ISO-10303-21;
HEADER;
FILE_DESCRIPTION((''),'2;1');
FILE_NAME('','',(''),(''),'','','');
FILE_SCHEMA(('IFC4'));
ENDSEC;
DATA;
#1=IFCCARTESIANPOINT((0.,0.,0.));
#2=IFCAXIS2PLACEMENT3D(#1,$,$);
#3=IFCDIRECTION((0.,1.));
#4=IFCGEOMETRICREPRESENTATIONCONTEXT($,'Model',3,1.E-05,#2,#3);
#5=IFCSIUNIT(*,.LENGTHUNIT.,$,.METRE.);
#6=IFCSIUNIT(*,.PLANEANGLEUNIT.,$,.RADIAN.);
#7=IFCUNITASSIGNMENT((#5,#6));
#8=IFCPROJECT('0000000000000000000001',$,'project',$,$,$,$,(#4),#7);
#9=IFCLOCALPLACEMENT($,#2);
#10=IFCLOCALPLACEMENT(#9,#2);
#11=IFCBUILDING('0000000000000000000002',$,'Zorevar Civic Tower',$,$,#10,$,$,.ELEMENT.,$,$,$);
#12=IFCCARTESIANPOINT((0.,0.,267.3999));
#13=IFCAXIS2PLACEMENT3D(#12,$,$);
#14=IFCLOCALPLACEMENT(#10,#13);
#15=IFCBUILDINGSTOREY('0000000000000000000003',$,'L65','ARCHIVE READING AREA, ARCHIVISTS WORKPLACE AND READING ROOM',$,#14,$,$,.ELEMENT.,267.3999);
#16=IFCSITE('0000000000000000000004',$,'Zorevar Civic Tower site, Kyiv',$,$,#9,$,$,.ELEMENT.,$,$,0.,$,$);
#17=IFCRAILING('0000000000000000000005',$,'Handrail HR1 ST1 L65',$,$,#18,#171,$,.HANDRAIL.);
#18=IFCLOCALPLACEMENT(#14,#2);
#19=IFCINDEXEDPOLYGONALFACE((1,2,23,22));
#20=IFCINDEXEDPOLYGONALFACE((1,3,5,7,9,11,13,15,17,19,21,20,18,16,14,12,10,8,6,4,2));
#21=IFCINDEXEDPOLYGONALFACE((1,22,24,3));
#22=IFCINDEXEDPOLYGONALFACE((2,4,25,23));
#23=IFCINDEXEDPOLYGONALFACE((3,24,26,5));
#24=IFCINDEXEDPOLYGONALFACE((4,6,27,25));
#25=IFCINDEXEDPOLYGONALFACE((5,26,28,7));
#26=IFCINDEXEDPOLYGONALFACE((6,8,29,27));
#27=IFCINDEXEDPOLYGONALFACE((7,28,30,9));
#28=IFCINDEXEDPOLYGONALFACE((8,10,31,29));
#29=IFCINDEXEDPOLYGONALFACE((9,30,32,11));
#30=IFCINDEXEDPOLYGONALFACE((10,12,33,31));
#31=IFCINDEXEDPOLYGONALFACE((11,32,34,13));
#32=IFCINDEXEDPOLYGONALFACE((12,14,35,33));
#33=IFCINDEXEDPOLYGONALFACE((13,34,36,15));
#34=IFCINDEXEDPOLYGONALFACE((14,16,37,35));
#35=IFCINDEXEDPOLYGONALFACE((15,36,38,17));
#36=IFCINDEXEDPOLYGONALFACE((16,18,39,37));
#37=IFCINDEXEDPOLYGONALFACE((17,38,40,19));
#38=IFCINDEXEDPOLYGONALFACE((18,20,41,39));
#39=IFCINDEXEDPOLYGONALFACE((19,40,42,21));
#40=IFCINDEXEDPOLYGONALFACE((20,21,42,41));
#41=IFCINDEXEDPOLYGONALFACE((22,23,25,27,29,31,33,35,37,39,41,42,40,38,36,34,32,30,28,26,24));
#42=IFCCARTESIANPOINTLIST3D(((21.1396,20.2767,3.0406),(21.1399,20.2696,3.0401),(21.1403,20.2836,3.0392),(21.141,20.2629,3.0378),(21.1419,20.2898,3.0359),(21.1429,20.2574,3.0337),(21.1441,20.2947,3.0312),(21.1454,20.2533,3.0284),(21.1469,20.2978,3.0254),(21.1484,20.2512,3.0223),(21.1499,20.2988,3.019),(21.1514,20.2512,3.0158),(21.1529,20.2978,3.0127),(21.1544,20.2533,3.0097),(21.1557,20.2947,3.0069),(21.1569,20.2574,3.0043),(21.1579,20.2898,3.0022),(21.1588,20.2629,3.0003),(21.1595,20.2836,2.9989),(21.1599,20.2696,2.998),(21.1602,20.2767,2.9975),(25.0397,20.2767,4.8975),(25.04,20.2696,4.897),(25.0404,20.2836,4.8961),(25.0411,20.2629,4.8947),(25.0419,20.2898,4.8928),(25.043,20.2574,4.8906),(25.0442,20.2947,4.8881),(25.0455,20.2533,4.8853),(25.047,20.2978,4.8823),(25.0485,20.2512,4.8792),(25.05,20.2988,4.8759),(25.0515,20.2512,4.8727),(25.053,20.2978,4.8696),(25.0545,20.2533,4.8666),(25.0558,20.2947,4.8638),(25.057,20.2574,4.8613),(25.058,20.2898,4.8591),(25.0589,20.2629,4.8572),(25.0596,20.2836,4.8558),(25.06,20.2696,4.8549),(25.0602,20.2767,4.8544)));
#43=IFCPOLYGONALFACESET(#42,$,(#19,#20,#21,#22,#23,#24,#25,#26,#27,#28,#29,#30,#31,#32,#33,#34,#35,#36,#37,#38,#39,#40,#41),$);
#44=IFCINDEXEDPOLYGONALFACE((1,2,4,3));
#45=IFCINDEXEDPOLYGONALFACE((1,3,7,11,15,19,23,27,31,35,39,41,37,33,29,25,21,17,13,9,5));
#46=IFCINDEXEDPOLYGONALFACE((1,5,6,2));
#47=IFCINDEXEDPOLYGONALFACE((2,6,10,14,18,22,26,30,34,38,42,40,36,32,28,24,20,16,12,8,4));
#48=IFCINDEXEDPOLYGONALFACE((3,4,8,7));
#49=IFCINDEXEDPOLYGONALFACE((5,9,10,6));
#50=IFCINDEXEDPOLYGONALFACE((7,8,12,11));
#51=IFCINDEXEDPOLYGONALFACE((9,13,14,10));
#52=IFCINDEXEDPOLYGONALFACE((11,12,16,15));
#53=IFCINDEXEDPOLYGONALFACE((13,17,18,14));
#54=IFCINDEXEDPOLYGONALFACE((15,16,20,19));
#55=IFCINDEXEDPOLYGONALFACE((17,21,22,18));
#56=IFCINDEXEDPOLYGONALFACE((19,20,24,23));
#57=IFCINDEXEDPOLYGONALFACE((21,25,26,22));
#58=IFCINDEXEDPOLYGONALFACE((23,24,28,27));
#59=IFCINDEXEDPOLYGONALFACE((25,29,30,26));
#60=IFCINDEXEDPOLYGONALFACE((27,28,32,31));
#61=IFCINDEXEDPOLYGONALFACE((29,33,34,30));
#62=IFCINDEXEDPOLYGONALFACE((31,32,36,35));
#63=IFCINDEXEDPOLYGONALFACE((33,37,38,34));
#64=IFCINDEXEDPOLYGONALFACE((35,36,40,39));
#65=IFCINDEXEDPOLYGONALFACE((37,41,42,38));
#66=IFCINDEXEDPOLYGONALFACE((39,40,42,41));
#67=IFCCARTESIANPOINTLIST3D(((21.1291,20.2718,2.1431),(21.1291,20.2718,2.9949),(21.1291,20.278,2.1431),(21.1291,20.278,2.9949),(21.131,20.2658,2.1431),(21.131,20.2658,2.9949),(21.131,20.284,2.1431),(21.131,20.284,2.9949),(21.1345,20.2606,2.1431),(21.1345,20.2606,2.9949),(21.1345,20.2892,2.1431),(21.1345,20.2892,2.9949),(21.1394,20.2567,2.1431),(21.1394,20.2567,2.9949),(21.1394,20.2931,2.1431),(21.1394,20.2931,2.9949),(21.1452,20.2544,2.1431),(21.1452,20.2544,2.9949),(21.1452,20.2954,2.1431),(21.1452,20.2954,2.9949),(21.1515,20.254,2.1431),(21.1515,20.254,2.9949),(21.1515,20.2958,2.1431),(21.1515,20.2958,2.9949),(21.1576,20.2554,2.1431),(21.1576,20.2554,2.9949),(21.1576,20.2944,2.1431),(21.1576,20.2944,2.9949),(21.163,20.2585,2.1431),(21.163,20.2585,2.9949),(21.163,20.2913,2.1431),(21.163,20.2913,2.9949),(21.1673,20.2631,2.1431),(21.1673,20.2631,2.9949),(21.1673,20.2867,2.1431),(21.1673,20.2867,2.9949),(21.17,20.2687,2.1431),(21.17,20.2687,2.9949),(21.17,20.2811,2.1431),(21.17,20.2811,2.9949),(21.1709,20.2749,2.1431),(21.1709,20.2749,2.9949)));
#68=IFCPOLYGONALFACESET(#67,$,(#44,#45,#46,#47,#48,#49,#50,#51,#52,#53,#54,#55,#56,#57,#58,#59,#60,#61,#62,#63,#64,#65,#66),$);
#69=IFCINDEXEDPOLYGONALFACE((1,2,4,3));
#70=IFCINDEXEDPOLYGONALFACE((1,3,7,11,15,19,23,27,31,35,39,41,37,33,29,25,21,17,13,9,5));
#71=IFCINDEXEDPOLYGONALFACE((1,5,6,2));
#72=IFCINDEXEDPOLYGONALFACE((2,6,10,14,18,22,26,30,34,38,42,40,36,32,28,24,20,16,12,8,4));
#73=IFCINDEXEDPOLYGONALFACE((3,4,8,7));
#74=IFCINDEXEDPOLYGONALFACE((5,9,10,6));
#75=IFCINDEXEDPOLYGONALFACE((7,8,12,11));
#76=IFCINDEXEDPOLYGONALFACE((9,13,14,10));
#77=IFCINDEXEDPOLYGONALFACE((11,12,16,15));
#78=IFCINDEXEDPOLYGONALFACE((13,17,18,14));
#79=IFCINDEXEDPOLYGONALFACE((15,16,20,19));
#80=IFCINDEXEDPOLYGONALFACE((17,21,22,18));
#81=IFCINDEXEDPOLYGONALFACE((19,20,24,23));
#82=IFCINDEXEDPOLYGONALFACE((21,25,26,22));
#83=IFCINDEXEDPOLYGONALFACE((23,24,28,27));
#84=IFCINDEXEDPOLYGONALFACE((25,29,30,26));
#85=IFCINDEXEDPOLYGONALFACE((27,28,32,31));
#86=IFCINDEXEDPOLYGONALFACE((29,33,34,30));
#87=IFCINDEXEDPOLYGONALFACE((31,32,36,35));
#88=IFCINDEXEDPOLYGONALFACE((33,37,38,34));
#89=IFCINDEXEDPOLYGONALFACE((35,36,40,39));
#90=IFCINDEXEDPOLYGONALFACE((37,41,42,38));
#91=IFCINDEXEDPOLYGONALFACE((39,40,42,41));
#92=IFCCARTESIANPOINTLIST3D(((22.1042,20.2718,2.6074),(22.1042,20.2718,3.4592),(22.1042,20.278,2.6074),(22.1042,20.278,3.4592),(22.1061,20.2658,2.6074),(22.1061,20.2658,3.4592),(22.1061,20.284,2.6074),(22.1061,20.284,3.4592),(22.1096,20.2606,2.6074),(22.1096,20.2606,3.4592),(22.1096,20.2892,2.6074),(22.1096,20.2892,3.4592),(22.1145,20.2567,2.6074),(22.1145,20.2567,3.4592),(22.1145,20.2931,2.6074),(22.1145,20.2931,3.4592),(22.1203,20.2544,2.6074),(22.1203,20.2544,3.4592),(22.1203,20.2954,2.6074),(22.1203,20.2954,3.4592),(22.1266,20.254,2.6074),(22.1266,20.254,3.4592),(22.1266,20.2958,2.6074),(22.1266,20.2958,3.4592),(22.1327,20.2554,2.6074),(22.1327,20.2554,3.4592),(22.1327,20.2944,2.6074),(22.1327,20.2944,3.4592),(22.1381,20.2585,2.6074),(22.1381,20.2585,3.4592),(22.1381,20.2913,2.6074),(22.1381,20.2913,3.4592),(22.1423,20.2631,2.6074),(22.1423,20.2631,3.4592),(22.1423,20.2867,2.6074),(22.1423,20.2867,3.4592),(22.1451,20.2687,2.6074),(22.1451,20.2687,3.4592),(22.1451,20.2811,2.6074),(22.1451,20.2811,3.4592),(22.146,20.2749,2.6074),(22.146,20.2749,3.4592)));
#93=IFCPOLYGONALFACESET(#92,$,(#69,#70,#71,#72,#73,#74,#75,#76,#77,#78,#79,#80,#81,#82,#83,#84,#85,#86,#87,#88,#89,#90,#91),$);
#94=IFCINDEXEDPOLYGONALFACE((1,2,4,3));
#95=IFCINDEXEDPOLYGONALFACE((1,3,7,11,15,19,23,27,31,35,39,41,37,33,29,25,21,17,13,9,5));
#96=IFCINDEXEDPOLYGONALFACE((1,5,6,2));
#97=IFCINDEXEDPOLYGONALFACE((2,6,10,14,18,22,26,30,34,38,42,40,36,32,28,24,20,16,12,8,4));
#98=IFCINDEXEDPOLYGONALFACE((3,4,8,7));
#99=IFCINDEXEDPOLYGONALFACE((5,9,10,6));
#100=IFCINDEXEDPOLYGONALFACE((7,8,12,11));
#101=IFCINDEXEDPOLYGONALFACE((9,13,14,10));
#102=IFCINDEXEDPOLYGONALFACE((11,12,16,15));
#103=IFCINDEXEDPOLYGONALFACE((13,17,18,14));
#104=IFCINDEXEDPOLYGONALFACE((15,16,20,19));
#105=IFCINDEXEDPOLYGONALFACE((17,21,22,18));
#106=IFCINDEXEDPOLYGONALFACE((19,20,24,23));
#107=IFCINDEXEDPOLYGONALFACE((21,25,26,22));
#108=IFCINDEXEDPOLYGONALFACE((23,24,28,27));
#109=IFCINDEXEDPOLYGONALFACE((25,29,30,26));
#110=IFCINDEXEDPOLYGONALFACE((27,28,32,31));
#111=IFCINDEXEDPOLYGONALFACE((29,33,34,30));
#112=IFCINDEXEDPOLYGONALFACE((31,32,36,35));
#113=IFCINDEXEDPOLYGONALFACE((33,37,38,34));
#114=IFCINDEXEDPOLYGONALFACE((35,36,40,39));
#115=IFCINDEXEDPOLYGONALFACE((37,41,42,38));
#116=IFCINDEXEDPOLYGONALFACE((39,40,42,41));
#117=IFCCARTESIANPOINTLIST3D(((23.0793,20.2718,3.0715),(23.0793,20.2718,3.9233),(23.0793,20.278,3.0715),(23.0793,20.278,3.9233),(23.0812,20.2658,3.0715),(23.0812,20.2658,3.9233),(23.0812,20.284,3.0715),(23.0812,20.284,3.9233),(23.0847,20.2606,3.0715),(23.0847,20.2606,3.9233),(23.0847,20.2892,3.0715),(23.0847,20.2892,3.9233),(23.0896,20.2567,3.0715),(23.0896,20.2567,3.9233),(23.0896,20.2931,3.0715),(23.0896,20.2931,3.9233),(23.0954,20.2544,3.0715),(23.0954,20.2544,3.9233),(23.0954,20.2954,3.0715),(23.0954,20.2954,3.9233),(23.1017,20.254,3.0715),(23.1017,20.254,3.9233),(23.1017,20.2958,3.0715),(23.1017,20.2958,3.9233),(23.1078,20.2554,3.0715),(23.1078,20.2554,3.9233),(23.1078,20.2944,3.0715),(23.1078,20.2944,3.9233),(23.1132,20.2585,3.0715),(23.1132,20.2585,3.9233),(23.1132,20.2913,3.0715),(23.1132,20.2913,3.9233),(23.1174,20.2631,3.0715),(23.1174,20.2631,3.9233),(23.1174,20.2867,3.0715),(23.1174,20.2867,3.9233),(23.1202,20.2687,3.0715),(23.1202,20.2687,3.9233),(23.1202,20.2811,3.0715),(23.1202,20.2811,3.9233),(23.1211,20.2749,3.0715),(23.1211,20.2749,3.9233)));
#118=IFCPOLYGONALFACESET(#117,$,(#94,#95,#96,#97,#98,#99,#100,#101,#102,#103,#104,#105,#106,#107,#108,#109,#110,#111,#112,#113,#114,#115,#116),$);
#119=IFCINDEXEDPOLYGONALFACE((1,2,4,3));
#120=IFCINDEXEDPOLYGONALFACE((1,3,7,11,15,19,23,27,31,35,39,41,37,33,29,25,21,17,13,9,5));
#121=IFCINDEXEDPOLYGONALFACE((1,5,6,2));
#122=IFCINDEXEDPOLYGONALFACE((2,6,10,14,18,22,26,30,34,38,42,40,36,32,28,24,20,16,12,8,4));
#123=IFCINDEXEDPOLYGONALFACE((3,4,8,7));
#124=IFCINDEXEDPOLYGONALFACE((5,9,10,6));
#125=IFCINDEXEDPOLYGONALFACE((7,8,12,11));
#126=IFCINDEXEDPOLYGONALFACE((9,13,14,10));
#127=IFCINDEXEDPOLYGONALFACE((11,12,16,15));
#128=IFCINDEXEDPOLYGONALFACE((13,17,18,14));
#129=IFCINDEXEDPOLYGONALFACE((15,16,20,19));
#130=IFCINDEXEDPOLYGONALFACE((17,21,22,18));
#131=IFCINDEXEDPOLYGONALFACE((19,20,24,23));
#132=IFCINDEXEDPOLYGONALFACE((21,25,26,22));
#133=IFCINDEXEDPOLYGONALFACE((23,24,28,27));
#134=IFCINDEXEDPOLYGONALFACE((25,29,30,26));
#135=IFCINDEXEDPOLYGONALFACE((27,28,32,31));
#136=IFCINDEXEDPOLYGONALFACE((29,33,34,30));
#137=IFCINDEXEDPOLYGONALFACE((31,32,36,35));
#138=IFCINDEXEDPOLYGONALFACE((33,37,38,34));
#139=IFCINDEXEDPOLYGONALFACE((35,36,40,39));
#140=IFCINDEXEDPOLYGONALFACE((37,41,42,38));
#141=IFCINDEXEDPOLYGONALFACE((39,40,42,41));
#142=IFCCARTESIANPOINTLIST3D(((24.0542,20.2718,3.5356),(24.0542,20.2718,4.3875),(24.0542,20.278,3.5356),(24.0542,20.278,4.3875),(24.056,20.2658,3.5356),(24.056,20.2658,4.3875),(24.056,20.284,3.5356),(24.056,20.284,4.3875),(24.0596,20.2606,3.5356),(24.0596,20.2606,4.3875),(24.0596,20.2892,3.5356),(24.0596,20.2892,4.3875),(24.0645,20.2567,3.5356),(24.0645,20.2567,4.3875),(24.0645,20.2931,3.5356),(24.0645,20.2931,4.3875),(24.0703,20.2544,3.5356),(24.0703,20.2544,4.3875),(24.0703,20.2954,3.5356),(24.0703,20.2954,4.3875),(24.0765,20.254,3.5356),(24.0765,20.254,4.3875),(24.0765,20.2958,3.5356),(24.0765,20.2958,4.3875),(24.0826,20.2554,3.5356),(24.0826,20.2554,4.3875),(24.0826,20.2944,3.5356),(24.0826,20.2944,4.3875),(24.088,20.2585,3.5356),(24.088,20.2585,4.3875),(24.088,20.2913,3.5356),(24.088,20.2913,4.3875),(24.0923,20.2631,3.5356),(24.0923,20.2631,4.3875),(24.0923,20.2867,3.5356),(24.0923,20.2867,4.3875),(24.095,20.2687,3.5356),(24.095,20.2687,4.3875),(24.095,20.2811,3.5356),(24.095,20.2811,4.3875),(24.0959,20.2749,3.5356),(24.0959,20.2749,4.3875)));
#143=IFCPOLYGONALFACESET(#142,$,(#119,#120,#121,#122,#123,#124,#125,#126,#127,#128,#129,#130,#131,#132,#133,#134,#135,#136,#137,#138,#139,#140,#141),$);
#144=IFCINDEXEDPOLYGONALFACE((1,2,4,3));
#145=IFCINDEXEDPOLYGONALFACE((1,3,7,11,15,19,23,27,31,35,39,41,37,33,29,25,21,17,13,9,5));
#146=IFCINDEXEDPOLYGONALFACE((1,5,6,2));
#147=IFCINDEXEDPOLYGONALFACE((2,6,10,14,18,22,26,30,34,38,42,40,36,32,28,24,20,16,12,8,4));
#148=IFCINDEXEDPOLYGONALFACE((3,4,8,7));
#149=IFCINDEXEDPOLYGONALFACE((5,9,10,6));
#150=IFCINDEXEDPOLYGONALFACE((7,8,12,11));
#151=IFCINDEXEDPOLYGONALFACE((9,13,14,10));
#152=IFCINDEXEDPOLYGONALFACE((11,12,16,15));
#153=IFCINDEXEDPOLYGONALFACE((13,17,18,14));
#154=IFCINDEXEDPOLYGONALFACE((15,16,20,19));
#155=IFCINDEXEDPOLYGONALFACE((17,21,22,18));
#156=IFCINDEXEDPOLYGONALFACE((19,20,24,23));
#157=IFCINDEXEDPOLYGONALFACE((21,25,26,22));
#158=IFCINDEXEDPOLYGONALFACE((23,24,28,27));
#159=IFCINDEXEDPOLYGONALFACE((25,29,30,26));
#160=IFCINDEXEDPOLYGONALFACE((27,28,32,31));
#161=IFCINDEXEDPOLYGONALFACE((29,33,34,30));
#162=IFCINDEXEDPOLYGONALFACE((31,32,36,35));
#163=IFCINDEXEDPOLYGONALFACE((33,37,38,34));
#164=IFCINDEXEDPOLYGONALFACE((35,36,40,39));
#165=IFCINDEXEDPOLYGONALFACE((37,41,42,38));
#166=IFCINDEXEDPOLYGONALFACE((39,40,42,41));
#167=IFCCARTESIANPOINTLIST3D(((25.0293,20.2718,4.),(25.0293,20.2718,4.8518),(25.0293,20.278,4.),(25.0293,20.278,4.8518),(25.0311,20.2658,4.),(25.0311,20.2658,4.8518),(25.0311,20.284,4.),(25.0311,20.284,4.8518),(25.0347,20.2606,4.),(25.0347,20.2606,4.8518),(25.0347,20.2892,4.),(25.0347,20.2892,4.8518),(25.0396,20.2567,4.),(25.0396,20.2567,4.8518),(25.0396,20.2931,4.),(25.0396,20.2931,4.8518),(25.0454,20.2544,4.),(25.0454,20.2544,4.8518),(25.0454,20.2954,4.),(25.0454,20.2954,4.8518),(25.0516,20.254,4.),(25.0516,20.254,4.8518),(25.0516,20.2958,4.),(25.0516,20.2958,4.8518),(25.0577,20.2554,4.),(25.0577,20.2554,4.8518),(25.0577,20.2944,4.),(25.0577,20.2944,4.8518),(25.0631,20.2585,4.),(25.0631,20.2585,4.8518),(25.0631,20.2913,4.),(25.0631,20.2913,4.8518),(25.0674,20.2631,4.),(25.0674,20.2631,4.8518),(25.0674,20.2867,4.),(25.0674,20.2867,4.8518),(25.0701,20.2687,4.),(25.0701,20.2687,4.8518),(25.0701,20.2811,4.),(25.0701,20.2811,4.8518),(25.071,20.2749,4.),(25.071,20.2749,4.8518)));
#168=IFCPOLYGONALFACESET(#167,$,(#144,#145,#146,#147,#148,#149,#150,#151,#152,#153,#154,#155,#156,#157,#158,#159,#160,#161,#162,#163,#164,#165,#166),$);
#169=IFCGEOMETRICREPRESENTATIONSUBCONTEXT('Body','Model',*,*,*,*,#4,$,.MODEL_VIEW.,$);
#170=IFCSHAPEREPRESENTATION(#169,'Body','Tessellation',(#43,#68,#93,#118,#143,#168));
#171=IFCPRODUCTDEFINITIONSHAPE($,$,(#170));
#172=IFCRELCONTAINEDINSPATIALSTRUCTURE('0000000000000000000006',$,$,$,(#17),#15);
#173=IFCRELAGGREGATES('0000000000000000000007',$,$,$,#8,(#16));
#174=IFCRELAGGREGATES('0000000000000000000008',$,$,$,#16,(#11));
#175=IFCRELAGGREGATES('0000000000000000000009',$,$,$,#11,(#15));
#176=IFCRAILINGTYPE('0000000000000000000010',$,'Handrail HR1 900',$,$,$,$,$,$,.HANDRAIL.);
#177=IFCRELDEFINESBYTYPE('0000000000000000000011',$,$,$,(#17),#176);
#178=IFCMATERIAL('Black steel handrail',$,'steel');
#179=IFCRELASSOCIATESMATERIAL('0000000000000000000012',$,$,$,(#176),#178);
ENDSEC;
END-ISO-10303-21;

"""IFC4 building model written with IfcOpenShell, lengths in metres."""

from ifc_helpers import new_model, si_unit, direction, frame, origin, origin_2d, place, context, subcontext, project, spatial, circle, extrude, material, type_object, element, save


model = new_model("IFC4")

# Units and contexts
model_context = context("Model", 3, precision=1e-05, world=origin(), true_north=direction((0.0, 1.0)))
body_context = subcontext(model_context, "Body", "Model", "MODEL_VIEW")
ifc_project = project(units=[si_unit("LENGTHUNIT", "METRE"), si_unit("PLANEANGLEUNIT", "RADIAN")], contexts=[model_context])

# Site, building, storey
site_placement = place(None, origin())
site = spatial("IfcSite", under=ifc_project, at=site_placement, Name="Zorevar Civic Tower site, Kyiv", CompositionType="ELEMENT", RefElevation=0.0)
building_placement = place(site_placement, origin())
building = spatial("IfcBuilding", under=site, at=building_placement, Name="Zorevar Civic Tower", CompositionType="ELEMENT")
storey_placement = place(building_placement, frame((0.0, 0.0, 267.3999)))
storey = spatial("IfcBuildingStorey", under=building, at=storey_placement, Name="L65", Description="ARCHIVE READING AREA, ARCHIVISTS WORKPLACE AND READING ROOM", CompositionType="ELEMENT", Elevation=267.3999)

# Railing
ifc_material_1 = material(Name="Black steel handrail", Category="steel")
railing_type = type_object("IfcRailingType", Name="Handrail HR1 900", PredefinedType="HANDRAIL", material=ifc_material_1)
railing_1_placement = place(storey_placement, frame((21.1499, 20.2749, 2.1431)))
element("IfcRailing", 1, at=railing_1_placement, inside=storey, type_object=railing_type, Name="Handrail HR1 ST1 L65", PredefinedType="HANDRAIL", context=body_context, shape_type="SweptSolid", body=[
    extrude(circle(Radius=0.0239, at=origin_2d()), frame((0.0, 0.0, 0.876), z_axis=(0.902886, 0.0, 0.429881), x_axis=(0.0, 1.0, 0.0)), (0.0, 0.0, 1.0), 4.3196),
    extrude(circle(Radius=0.021, at=origin_2d()), origin(), (0.0, 0.0, 1.0), 0.8518),
    extrude(circle(Radius=0.021, at=origin_2d()), frame((0.9751, 0.0, 0.4644)), (0.0, 0.0, 1.0), 0.8518),
    extrude(circle(Radius=0.021, at=origin_2d()), frame((1.9502, 0.0, 0.9285)), (0.0, 0.0, 1.0), 0.8518),
    extrude(circle(Radius=0.021, at=origin_2d()), frame((2.925, 0.0, 1.3926)), (0.0, 0.0, 1.0), 0.8518),
    extrude(circle(Radius=0.021, at=origin_2d()), frame((3.9001, 0.0, 1.8569)), (0.0, 0.0, 1.0), 0.8518),
])

save(model, "model.ifc")
